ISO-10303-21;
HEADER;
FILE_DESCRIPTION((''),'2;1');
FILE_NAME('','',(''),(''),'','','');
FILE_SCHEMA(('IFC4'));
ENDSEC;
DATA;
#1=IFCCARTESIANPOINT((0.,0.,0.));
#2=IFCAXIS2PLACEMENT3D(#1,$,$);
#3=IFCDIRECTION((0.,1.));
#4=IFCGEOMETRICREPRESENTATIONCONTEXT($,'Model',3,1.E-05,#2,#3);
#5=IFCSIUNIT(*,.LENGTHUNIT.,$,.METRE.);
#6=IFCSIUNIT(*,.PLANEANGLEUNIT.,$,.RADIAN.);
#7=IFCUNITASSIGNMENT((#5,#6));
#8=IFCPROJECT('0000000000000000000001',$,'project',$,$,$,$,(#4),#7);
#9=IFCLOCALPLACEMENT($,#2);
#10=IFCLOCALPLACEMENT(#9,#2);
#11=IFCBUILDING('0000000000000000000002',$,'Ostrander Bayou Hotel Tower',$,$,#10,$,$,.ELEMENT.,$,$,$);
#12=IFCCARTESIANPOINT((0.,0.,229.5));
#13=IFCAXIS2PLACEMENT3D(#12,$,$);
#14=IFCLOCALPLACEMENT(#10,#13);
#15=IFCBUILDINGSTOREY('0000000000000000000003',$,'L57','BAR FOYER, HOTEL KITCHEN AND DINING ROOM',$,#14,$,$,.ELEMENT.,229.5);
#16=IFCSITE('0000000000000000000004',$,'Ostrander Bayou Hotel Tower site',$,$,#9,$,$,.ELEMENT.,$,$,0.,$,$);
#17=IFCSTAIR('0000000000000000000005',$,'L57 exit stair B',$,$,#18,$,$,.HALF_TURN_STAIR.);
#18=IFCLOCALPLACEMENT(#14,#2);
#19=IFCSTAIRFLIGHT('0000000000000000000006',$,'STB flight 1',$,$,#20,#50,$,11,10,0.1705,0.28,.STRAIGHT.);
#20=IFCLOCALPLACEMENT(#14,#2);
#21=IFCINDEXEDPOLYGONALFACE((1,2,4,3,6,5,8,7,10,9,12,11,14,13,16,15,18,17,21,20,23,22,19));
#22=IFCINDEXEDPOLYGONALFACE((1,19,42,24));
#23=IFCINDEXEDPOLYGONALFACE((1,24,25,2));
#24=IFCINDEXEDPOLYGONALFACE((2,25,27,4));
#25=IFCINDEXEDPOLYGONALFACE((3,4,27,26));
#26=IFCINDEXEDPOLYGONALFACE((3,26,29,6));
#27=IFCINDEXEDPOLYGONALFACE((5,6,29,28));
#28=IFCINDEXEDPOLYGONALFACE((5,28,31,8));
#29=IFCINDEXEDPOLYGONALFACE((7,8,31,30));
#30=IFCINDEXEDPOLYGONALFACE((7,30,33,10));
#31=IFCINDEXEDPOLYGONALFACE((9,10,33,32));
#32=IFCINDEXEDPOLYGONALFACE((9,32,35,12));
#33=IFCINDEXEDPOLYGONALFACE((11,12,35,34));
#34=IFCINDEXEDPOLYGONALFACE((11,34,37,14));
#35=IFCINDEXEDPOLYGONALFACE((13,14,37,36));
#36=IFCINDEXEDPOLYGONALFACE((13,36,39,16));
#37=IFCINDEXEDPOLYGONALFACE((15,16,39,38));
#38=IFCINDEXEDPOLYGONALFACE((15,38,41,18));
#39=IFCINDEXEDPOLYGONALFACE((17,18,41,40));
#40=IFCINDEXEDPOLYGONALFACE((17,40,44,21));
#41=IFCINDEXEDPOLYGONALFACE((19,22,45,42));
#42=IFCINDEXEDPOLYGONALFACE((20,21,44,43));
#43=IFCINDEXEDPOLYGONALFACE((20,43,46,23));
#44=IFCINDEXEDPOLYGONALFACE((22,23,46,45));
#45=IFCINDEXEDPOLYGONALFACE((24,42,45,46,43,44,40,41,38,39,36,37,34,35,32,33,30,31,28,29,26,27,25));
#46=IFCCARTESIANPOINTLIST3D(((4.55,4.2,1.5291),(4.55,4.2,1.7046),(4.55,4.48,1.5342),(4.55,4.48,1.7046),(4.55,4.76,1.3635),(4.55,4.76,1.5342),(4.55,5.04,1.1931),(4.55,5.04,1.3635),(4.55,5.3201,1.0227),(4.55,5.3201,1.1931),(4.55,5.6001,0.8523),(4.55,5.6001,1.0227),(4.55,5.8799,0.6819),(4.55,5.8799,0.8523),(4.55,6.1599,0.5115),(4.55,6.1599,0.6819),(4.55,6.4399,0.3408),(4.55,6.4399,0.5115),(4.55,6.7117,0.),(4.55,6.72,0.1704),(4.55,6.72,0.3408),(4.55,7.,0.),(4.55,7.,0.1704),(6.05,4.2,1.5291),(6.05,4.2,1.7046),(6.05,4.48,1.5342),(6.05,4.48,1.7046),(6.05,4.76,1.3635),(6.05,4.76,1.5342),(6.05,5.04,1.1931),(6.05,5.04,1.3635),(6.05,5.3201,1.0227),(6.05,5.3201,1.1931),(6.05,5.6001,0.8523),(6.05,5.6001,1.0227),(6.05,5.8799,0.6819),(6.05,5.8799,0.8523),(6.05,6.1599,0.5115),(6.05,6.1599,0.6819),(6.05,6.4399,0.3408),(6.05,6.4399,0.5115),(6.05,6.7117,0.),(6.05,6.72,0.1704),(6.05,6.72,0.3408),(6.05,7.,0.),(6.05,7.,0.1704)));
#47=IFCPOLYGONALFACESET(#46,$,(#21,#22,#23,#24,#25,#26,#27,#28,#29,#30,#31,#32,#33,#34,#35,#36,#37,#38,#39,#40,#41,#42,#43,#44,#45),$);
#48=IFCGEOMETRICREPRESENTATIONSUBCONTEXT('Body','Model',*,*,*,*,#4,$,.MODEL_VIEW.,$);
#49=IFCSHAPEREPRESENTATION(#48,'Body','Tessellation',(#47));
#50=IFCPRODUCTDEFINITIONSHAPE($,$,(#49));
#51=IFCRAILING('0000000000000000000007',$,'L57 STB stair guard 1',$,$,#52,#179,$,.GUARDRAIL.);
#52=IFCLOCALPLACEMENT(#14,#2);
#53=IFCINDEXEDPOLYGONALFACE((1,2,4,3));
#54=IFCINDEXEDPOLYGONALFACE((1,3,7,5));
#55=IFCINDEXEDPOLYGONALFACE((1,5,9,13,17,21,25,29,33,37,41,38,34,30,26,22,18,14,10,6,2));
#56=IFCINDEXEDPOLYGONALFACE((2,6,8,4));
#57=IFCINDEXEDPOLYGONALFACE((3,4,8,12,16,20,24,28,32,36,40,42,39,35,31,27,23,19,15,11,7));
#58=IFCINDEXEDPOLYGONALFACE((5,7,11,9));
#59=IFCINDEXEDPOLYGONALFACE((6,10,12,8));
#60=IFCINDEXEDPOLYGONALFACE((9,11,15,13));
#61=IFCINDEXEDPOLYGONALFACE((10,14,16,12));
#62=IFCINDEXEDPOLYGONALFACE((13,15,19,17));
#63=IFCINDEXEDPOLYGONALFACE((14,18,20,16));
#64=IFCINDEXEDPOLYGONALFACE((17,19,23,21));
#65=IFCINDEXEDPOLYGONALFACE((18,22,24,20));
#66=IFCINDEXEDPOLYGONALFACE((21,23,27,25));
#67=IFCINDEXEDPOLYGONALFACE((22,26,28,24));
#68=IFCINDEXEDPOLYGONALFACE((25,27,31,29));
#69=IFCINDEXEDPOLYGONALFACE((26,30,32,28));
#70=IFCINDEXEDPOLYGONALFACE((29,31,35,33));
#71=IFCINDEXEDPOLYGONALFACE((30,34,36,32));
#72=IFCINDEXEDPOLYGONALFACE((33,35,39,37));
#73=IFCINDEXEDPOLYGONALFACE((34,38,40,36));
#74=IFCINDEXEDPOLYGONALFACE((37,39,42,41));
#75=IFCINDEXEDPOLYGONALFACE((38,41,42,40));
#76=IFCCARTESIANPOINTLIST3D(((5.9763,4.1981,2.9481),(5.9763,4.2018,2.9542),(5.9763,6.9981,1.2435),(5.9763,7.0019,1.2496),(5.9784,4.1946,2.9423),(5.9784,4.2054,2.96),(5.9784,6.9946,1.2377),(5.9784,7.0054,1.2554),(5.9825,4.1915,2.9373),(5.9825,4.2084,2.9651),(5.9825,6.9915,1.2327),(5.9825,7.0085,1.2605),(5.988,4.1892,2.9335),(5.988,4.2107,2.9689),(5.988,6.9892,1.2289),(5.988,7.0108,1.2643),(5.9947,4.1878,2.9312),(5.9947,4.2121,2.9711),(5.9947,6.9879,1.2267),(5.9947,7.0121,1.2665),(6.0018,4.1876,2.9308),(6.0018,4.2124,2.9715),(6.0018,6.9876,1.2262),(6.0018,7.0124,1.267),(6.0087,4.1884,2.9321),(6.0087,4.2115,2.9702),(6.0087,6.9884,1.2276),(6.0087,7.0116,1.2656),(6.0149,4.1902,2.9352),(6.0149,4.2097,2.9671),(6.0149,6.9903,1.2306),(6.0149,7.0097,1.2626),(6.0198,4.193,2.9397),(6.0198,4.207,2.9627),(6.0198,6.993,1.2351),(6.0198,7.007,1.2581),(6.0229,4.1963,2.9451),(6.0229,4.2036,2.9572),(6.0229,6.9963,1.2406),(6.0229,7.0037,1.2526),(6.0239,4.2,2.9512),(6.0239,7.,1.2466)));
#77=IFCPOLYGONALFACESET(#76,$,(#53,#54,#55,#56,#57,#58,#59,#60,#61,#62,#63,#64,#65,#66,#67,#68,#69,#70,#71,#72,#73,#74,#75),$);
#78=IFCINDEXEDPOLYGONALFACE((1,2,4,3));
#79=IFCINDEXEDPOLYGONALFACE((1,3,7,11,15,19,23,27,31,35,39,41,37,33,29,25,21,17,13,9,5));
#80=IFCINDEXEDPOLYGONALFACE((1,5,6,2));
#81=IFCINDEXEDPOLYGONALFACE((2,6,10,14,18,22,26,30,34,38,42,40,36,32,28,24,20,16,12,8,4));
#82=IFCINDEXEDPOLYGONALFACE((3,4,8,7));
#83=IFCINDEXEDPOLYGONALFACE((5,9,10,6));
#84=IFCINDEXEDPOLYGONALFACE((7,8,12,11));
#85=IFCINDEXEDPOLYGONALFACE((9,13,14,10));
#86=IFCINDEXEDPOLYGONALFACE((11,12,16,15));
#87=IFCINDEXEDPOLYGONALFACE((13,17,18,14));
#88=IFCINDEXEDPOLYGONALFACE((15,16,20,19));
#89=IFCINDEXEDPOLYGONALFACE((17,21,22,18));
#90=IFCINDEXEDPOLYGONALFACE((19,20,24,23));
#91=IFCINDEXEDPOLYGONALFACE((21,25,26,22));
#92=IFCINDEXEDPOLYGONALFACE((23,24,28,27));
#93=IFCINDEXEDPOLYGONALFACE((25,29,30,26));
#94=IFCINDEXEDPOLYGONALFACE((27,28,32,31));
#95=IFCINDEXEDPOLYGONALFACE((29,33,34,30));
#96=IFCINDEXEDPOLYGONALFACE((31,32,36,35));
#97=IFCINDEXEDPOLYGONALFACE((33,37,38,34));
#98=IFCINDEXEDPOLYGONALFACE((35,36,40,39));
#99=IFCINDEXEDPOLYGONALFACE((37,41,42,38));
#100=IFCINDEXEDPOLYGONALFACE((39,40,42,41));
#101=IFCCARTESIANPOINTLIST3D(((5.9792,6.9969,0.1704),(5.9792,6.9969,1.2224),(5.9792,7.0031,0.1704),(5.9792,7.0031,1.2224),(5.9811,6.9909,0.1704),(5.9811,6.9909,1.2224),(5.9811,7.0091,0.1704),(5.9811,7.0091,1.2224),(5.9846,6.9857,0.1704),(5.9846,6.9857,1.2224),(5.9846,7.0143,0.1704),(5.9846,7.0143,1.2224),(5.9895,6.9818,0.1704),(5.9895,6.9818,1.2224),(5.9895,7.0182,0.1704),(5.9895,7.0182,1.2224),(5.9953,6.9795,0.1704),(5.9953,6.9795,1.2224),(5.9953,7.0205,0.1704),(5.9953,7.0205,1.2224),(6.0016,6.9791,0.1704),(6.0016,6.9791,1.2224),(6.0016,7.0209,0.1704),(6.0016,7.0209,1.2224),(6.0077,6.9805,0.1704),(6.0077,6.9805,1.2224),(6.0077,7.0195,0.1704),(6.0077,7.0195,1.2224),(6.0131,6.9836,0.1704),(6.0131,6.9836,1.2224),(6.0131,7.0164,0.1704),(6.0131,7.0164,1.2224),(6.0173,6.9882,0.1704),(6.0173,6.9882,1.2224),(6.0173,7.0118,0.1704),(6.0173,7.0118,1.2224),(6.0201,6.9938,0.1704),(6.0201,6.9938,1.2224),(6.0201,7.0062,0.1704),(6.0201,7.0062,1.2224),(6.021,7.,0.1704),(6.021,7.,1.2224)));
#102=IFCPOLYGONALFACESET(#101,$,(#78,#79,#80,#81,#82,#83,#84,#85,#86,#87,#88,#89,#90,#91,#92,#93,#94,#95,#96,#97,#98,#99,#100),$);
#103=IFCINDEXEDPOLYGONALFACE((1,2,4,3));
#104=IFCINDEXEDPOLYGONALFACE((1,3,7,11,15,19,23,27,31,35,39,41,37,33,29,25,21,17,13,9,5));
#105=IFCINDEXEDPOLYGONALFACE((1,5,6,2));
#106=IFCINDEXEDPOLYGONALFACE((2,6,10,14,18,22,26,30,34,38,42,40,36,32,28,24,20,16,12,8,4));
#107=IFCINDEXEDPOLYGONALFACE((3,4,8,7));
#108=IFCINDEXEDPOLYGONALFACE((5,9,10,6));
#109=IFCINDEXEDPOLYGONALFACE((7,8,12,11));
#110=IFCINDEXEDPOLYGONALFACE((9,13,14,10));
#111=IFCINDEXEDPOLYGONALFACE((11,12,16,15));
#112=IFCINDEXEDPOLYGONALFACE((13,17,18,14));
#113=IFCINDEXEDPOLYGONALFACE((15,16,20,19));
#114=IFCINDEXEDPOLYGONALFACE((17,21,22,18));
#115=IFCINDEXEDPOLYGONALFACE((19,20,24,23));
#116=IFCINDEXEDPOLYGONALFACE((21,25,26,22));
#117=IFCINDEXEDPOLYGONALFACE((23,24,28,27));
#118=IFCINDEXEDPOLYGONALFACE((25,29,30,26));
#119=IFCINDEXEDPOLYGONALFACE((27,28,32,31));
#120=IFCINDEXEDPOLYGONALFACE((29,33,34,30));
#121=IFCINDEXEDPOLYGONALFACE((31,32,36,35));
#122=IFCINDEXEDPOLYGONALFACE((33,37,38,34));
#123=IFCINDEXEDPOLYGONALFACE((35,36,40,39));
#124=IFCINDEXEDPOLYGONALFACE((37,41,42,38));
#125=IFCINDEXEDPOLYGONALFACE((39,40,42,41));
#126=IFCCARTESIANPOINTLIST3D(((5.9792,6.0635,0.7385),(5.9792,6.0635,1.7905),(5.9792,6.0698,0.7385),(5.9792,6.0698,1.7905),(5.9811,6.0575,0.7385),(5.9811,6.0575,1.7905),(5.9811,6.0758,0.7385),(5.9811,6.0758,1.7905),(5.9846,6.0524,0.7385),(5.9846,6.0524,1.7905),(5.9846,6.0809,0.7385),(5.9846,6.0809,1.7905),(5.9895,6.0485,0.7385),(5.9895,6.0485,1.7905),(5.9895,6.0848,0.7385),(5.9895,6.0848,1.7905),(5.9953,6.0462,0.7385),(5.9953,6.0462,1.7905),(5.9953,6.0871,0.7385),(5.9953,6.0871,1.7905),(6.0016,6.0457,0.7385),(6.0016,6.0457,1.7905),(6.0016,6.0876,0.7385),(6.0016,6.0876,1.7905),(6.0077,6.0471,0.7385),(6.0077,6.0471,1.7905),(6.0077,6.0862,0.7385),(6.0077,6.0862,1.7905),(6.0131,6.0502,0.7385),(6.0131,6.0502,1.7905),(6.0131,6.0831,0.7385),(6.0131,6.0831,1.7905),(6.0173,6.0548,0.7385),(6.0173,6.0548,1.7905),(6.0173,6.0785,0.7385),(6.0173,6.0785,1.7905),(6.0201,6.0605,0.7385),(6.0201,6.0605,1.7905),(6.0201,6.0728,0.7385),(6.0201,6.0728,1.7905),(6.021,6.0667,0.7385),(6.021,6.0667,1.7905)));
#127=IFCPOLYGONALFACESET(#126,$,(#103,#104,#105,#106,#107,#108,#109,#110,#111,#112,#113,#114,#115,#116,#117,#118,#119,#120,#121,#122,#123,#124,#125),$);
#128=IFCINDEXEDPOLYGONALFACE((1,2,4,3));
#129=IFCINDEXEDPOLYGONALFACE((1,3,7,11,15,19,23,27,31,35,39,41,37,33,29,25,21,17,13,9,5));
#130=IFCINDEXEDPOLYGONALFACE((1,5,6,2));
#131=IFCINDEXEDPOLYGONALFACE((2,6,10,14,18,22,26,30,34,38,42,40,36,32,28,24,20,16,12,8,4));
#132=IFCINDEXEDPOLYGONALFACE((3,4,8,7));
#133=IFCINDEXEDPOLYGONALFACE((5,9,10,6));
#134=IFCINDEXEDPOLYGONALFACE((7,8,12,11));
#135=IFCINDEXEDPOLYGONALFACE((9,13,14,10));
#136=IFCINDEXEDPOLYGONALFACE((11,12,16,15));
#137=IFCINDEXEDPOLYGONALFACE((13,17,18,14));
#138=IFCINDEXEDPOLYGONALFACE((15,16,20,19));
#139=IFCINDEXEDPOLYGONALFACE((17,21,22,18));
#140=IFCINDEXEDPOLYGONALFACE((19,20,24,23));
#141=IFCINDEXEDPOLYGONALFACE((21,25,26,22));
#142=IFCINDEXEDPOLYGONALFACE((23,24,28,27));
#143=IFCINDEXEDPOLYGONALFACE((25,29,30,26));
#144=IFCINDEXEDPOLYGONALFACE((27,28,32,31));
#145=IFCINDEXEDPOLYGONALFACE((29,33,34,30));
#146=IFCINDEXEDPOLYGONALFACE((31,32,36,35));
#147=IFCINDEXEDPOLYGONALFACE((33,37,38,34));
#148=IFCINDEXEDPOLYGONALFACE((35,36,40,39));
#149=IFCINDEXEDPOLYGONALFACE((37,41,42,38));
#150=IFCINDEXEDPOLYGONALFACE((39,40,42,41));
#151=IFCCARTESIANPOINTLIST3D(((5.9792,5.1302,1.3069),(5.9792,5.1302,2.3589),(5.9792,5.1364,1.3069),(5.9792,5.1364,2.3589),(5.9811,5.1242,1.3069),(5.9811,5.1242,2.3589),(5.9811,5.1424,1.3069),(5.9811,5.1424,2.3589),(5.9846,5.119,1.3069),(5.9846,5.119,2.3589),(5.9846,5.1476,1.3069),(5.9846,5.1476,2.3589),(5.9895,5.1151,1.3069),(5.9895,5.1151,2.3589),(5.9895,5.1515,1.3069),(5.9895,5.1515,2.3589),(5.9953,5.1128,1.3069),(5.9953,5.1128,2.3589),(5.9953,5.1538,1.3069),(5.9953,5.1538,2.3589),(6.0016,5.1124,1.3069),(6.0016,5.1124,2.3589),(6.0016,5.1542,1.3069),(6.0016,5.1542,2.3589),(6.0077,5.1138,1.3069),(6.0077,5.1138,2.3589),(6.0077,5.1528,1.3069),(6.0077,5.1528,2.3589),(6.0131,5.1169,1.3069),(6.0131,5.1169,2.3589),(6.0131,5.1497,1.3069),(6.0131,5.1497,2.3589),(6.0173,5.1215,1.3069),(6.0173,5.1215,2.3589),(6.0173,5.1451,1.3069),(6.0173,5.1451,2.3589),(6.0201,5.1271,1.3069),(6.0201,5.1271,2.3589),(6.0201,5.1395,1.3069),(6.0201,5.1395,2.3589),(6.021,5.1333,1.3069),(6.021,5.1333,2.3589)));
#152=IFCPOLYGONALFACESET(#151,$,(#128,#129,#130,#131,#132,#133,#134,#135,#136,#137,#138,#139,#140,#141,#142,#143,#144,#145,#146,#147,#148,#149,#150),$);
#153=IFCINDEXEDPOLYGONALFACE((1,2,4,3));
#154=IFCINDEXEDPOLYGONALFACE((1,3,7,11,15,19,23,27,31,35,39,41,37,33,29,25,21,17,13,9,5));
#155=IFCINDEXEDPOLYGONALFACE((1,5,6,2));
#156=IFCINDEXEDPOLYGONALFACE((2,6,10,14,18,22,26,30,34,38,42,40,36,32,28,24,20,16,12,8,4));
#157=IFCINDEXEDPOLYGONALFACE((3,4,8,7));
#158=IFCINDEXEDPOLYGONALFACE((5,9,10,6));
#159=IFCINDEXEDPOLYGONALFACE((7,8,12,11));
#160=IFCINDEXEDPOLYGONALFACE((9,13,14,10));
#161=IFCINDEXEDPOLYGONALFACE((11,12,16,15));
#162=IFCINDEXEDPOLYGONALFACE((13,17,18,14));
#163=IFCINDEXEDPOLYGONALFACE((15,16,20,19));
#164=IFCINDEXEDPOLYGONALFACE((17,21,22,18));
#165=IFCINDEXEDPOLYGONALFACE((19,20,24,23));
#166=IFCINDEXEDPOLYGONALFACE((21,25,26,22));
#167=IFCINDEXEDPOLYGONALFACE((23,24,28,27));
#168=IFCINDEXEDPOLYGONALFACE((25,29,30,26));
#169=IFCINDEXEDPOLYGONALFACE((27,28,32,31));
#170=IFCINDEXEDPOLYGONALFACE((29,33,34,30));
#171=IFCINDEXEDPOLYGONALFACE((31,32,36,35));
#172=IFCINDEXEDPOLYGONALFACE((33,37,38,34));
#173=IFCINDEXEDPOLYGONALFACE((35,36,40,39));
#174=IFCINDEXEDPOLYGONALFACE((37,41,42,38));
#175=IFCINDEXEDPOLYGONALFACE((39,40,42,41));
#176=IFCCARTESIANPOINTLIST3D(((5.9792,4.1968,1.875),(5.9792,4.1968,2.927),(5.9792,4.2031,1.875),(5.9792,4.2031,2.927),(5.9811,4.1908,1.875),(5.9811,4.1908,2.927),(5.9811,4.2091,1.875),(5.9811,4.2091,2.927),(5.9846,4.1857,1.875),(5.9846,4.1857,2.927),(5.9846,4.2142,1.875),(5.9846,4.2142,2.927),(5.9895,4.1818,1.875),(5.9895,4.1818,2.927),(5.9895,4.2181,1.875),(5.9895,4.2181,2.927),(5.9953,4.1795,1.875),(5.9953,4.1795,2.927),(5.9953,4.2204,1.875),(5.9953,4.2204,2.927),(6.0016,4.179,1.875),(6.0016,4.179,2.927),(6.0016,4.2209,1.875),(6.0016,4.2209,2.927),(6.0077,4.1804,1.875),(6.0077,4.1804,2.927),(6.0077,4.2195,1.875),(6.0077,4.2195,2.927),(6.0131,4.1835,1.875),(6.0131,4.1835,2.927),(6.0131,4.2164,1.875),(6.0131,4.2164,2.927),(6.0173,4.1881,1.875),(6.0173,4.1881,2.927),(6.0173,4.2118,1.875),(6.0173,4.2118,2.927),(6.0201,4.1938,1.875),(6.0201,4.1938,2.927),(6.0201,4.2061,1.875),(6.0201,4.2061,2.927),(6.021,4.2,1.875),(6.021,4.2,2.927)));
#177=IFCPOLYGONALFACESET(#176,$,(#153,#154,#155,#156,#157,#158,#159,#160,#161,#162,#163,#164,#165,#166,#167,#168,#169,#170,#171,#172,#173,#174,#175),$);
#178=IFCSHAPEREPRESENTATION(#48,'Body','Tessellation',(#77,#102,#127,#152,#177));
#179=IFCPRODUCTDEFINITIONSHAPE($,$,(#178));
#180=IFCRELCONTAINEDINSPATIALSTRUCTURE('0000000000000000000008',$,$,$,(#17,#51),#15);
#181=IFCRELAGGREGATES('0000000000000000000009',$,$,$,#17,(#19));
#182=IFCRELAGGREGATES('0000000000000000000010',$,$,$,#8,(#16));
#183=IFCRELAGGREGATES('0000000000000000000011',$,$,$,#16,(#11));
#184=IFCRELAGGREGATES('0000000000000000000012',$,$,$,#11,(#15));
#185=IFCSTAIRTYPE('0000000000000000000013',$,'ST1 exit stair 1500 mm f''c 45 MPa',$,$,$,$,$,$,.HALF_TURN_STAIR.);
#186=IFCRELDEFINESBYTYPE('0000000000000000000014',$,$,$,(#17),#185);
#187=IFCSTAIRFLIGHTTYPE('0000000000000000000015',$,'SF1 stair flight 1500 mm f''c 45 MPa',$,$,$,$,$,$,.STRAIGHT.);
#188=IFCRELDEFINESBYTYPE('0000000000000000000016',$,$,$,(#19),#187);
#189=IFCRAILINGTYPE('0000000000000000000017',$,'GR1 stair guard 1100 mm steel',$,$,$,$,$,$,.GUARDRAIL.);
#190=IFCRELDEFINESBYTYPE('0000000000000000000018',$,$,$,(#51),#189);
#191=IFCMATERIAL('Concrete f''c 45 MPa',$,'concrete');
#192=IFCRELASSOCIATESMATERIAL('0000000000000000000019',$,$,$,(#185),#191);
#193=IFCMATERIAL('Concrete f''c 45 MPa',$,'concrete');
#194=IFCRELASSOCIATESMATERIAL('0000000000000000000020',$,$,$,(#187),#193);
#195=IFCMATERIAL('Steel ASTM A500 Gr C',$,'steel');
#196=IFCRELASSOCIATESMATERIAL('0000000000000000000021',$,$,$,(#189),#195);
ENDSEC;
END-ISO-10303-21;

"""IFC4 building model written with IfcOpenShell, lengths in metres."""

from ifc_helpers import new_model, si_unit, direction, frame, origin, origin_2d, place, context, subcontext, project, spatial, polyline, circle, outline, extrude, material, type_object, element, aggregate, save


model = new_model("IFC4")

# Units and contexts
model_context = context("Model", 3, precision=1e-05, world=origin(), true_north=direction((0.0, 1.0)))
body_context = subcontext(model_context, "Body", "Model", "MODEL_VIEW")
ifc_project = project(units=[si_unit("LENGTHUNIT", "METRE"), si_unit("PLANEANGLEUNIT", "RADIAN")], contexts=[model_context])

# Site, building, storey
site_placement = place(None, origin())
site = spatial("IfcSite", under=ifc_project, at=site_placement, Name="Ostrander Bayou Hotel Tower site", CompositionType="ELEMENT", RefElevation=0.0)
building_placement = place(site_placement, origin())
building = spatial("IfcBuilding", under=site, at=building_placement, Name="Ostrander Bayou Hotel Tower", CompositionType="ELEMENT")
storey_placement = place(building_placement, frame((0.0, 0.0, 229.5)))
storey = spatial("IfcBuildingStorey", under=building, at=storey_placement, Name="L57", Description="BAR FOYER, HOTEL KITCHEN AND DINING ROOM", CompositionType="ELEMENT", Elevation=229.5)

# Stair, stair flight
ifc_material_1 = material(Name="Concrete f'c 45 MPa", Category="concrete")
stair_type = type_object("IfcStairType", Name="ST1 exit stair 1500 mm f'c 45 MPa", PredefinedType="HALF_TURN_STAIR", material=ifc_material_1)
stair_placement = place(storey_placement, origin())
stair = element("IfcStair", 1, at=stair_placement, inside=storey, type_object=stair_type, Name="L57 exit stair B", PredefinedType="HALF_TURN_STAIR")
ifc_material_2 = material(Name="Concrete f'c 45 MPa", Category="concrete")
stair_flight_type = type_object("IfcStairFlightType", Name="SF1 stair flight 1500 mm f'c 45 MPa", PredefinedType="STRAIGHT", material=ifc_material_2)
stair_flight_placement = place(storey_placement, frame((5.3, 7.0, 0.0), z_axis=(0.0, 0.0, 1.0), x_axis=(0.0, -1.0, 0.0)))
stair_flight = element("IfcStairFlight", 2, at=stair_flight_placement, type_object=stair_flight_type, Name="STB flight 1", NumberOfRisers=11, NumberOfTreads=10, PredefinedType="STRAIGHT", RiserHeight=0.1705, TreadLength=0.28, context=body_context, shape_type="SweptSolid", body=[
    extrude(outline(polyline([(0.0, 0.0), (0.0, 0.1704), (0.28, 0.1704), (0.28, 0.3408), (0.5601, 0.3408), (0.5601, 0.5115), (0.8401, 0.5115), (0.8401, 0.6819), (1.1201, 0.6819), (1.1201, 0.8523), (1.3999, 0.8523), (1.3999, 1.0227), (1.6799, 1.0227), (1.6799, 1.1931), (1.96, 1.1931), (1.96, 1.3635), (2.24, 1.3635), (2.24, 1.5342), (2.52, 1.5342), (2.52, 1.7046), (2.8, 1.7046), (2.8, 1.875), (2.8, 1.5291), (0.2883, 0.0), (0.0, 0.0)])), frame((0.0, 0.75, 0.0), z_axis=(0.0, -1.0, 0.0), x_axis=(1.0, 0.0, 0.0)), (0.0, 0.0, 1.0), 1.5),
])
aggregate(stair, [stair_flight])

# Railing
ifc_material_3 = material(Name="Steel ASTM A500 Gr C", Category="steel")
railing_type_1 = type_object("IfcRailingType", Name="GR1 stair guard 1100 mm steel", PredefinedType="GUARDRAIL", material=ifc_material_3)
railing_1_placement = place(storey_placement, frame((6.0, 7.0, 0.1704)))
element("IfcRailing", 3, at=railing_1_placement, inside=storey, type_object=railing_type_1, Name="L57 STB stair guard 1", PredefinedType="GUARDRAIL", context=body_context, shape_type="SweptSolid", body=[
    extrude(circle(Radius=0.0239, at=origin_2d()), frame((0.0, 0.0, 1.0762), z_axis=(0.0, -0.85417, 0.519994), x_axis=(1.0, 0.0, 0.0)), (0.0, 0.0, 1.0), 3.2781),
    extrude(circle(Radius=0.021, at=origin_2d()), origin(), (0.0, 0.0, 1.0), 1.052),
    extrude(circle(Radius=0.021, at=origin_2d()), frame((0.0, -0.9333, 0.5681)), (0.0, 0.0, 1.0), 1.052),
    extrude(circle(Radius=0.021, at=origin_2d()), frame((0.0, -1.8667, 1.1365)), (0.0, 0.0, 1.0), 1.052),
    extrude(circle(Radius=0.021, at=origin_2d()), frame((0.0, -2.8, 1.7046)), (0.0, 0.0, 1.0), 1.052),
])

save(model, "model.ifc")
